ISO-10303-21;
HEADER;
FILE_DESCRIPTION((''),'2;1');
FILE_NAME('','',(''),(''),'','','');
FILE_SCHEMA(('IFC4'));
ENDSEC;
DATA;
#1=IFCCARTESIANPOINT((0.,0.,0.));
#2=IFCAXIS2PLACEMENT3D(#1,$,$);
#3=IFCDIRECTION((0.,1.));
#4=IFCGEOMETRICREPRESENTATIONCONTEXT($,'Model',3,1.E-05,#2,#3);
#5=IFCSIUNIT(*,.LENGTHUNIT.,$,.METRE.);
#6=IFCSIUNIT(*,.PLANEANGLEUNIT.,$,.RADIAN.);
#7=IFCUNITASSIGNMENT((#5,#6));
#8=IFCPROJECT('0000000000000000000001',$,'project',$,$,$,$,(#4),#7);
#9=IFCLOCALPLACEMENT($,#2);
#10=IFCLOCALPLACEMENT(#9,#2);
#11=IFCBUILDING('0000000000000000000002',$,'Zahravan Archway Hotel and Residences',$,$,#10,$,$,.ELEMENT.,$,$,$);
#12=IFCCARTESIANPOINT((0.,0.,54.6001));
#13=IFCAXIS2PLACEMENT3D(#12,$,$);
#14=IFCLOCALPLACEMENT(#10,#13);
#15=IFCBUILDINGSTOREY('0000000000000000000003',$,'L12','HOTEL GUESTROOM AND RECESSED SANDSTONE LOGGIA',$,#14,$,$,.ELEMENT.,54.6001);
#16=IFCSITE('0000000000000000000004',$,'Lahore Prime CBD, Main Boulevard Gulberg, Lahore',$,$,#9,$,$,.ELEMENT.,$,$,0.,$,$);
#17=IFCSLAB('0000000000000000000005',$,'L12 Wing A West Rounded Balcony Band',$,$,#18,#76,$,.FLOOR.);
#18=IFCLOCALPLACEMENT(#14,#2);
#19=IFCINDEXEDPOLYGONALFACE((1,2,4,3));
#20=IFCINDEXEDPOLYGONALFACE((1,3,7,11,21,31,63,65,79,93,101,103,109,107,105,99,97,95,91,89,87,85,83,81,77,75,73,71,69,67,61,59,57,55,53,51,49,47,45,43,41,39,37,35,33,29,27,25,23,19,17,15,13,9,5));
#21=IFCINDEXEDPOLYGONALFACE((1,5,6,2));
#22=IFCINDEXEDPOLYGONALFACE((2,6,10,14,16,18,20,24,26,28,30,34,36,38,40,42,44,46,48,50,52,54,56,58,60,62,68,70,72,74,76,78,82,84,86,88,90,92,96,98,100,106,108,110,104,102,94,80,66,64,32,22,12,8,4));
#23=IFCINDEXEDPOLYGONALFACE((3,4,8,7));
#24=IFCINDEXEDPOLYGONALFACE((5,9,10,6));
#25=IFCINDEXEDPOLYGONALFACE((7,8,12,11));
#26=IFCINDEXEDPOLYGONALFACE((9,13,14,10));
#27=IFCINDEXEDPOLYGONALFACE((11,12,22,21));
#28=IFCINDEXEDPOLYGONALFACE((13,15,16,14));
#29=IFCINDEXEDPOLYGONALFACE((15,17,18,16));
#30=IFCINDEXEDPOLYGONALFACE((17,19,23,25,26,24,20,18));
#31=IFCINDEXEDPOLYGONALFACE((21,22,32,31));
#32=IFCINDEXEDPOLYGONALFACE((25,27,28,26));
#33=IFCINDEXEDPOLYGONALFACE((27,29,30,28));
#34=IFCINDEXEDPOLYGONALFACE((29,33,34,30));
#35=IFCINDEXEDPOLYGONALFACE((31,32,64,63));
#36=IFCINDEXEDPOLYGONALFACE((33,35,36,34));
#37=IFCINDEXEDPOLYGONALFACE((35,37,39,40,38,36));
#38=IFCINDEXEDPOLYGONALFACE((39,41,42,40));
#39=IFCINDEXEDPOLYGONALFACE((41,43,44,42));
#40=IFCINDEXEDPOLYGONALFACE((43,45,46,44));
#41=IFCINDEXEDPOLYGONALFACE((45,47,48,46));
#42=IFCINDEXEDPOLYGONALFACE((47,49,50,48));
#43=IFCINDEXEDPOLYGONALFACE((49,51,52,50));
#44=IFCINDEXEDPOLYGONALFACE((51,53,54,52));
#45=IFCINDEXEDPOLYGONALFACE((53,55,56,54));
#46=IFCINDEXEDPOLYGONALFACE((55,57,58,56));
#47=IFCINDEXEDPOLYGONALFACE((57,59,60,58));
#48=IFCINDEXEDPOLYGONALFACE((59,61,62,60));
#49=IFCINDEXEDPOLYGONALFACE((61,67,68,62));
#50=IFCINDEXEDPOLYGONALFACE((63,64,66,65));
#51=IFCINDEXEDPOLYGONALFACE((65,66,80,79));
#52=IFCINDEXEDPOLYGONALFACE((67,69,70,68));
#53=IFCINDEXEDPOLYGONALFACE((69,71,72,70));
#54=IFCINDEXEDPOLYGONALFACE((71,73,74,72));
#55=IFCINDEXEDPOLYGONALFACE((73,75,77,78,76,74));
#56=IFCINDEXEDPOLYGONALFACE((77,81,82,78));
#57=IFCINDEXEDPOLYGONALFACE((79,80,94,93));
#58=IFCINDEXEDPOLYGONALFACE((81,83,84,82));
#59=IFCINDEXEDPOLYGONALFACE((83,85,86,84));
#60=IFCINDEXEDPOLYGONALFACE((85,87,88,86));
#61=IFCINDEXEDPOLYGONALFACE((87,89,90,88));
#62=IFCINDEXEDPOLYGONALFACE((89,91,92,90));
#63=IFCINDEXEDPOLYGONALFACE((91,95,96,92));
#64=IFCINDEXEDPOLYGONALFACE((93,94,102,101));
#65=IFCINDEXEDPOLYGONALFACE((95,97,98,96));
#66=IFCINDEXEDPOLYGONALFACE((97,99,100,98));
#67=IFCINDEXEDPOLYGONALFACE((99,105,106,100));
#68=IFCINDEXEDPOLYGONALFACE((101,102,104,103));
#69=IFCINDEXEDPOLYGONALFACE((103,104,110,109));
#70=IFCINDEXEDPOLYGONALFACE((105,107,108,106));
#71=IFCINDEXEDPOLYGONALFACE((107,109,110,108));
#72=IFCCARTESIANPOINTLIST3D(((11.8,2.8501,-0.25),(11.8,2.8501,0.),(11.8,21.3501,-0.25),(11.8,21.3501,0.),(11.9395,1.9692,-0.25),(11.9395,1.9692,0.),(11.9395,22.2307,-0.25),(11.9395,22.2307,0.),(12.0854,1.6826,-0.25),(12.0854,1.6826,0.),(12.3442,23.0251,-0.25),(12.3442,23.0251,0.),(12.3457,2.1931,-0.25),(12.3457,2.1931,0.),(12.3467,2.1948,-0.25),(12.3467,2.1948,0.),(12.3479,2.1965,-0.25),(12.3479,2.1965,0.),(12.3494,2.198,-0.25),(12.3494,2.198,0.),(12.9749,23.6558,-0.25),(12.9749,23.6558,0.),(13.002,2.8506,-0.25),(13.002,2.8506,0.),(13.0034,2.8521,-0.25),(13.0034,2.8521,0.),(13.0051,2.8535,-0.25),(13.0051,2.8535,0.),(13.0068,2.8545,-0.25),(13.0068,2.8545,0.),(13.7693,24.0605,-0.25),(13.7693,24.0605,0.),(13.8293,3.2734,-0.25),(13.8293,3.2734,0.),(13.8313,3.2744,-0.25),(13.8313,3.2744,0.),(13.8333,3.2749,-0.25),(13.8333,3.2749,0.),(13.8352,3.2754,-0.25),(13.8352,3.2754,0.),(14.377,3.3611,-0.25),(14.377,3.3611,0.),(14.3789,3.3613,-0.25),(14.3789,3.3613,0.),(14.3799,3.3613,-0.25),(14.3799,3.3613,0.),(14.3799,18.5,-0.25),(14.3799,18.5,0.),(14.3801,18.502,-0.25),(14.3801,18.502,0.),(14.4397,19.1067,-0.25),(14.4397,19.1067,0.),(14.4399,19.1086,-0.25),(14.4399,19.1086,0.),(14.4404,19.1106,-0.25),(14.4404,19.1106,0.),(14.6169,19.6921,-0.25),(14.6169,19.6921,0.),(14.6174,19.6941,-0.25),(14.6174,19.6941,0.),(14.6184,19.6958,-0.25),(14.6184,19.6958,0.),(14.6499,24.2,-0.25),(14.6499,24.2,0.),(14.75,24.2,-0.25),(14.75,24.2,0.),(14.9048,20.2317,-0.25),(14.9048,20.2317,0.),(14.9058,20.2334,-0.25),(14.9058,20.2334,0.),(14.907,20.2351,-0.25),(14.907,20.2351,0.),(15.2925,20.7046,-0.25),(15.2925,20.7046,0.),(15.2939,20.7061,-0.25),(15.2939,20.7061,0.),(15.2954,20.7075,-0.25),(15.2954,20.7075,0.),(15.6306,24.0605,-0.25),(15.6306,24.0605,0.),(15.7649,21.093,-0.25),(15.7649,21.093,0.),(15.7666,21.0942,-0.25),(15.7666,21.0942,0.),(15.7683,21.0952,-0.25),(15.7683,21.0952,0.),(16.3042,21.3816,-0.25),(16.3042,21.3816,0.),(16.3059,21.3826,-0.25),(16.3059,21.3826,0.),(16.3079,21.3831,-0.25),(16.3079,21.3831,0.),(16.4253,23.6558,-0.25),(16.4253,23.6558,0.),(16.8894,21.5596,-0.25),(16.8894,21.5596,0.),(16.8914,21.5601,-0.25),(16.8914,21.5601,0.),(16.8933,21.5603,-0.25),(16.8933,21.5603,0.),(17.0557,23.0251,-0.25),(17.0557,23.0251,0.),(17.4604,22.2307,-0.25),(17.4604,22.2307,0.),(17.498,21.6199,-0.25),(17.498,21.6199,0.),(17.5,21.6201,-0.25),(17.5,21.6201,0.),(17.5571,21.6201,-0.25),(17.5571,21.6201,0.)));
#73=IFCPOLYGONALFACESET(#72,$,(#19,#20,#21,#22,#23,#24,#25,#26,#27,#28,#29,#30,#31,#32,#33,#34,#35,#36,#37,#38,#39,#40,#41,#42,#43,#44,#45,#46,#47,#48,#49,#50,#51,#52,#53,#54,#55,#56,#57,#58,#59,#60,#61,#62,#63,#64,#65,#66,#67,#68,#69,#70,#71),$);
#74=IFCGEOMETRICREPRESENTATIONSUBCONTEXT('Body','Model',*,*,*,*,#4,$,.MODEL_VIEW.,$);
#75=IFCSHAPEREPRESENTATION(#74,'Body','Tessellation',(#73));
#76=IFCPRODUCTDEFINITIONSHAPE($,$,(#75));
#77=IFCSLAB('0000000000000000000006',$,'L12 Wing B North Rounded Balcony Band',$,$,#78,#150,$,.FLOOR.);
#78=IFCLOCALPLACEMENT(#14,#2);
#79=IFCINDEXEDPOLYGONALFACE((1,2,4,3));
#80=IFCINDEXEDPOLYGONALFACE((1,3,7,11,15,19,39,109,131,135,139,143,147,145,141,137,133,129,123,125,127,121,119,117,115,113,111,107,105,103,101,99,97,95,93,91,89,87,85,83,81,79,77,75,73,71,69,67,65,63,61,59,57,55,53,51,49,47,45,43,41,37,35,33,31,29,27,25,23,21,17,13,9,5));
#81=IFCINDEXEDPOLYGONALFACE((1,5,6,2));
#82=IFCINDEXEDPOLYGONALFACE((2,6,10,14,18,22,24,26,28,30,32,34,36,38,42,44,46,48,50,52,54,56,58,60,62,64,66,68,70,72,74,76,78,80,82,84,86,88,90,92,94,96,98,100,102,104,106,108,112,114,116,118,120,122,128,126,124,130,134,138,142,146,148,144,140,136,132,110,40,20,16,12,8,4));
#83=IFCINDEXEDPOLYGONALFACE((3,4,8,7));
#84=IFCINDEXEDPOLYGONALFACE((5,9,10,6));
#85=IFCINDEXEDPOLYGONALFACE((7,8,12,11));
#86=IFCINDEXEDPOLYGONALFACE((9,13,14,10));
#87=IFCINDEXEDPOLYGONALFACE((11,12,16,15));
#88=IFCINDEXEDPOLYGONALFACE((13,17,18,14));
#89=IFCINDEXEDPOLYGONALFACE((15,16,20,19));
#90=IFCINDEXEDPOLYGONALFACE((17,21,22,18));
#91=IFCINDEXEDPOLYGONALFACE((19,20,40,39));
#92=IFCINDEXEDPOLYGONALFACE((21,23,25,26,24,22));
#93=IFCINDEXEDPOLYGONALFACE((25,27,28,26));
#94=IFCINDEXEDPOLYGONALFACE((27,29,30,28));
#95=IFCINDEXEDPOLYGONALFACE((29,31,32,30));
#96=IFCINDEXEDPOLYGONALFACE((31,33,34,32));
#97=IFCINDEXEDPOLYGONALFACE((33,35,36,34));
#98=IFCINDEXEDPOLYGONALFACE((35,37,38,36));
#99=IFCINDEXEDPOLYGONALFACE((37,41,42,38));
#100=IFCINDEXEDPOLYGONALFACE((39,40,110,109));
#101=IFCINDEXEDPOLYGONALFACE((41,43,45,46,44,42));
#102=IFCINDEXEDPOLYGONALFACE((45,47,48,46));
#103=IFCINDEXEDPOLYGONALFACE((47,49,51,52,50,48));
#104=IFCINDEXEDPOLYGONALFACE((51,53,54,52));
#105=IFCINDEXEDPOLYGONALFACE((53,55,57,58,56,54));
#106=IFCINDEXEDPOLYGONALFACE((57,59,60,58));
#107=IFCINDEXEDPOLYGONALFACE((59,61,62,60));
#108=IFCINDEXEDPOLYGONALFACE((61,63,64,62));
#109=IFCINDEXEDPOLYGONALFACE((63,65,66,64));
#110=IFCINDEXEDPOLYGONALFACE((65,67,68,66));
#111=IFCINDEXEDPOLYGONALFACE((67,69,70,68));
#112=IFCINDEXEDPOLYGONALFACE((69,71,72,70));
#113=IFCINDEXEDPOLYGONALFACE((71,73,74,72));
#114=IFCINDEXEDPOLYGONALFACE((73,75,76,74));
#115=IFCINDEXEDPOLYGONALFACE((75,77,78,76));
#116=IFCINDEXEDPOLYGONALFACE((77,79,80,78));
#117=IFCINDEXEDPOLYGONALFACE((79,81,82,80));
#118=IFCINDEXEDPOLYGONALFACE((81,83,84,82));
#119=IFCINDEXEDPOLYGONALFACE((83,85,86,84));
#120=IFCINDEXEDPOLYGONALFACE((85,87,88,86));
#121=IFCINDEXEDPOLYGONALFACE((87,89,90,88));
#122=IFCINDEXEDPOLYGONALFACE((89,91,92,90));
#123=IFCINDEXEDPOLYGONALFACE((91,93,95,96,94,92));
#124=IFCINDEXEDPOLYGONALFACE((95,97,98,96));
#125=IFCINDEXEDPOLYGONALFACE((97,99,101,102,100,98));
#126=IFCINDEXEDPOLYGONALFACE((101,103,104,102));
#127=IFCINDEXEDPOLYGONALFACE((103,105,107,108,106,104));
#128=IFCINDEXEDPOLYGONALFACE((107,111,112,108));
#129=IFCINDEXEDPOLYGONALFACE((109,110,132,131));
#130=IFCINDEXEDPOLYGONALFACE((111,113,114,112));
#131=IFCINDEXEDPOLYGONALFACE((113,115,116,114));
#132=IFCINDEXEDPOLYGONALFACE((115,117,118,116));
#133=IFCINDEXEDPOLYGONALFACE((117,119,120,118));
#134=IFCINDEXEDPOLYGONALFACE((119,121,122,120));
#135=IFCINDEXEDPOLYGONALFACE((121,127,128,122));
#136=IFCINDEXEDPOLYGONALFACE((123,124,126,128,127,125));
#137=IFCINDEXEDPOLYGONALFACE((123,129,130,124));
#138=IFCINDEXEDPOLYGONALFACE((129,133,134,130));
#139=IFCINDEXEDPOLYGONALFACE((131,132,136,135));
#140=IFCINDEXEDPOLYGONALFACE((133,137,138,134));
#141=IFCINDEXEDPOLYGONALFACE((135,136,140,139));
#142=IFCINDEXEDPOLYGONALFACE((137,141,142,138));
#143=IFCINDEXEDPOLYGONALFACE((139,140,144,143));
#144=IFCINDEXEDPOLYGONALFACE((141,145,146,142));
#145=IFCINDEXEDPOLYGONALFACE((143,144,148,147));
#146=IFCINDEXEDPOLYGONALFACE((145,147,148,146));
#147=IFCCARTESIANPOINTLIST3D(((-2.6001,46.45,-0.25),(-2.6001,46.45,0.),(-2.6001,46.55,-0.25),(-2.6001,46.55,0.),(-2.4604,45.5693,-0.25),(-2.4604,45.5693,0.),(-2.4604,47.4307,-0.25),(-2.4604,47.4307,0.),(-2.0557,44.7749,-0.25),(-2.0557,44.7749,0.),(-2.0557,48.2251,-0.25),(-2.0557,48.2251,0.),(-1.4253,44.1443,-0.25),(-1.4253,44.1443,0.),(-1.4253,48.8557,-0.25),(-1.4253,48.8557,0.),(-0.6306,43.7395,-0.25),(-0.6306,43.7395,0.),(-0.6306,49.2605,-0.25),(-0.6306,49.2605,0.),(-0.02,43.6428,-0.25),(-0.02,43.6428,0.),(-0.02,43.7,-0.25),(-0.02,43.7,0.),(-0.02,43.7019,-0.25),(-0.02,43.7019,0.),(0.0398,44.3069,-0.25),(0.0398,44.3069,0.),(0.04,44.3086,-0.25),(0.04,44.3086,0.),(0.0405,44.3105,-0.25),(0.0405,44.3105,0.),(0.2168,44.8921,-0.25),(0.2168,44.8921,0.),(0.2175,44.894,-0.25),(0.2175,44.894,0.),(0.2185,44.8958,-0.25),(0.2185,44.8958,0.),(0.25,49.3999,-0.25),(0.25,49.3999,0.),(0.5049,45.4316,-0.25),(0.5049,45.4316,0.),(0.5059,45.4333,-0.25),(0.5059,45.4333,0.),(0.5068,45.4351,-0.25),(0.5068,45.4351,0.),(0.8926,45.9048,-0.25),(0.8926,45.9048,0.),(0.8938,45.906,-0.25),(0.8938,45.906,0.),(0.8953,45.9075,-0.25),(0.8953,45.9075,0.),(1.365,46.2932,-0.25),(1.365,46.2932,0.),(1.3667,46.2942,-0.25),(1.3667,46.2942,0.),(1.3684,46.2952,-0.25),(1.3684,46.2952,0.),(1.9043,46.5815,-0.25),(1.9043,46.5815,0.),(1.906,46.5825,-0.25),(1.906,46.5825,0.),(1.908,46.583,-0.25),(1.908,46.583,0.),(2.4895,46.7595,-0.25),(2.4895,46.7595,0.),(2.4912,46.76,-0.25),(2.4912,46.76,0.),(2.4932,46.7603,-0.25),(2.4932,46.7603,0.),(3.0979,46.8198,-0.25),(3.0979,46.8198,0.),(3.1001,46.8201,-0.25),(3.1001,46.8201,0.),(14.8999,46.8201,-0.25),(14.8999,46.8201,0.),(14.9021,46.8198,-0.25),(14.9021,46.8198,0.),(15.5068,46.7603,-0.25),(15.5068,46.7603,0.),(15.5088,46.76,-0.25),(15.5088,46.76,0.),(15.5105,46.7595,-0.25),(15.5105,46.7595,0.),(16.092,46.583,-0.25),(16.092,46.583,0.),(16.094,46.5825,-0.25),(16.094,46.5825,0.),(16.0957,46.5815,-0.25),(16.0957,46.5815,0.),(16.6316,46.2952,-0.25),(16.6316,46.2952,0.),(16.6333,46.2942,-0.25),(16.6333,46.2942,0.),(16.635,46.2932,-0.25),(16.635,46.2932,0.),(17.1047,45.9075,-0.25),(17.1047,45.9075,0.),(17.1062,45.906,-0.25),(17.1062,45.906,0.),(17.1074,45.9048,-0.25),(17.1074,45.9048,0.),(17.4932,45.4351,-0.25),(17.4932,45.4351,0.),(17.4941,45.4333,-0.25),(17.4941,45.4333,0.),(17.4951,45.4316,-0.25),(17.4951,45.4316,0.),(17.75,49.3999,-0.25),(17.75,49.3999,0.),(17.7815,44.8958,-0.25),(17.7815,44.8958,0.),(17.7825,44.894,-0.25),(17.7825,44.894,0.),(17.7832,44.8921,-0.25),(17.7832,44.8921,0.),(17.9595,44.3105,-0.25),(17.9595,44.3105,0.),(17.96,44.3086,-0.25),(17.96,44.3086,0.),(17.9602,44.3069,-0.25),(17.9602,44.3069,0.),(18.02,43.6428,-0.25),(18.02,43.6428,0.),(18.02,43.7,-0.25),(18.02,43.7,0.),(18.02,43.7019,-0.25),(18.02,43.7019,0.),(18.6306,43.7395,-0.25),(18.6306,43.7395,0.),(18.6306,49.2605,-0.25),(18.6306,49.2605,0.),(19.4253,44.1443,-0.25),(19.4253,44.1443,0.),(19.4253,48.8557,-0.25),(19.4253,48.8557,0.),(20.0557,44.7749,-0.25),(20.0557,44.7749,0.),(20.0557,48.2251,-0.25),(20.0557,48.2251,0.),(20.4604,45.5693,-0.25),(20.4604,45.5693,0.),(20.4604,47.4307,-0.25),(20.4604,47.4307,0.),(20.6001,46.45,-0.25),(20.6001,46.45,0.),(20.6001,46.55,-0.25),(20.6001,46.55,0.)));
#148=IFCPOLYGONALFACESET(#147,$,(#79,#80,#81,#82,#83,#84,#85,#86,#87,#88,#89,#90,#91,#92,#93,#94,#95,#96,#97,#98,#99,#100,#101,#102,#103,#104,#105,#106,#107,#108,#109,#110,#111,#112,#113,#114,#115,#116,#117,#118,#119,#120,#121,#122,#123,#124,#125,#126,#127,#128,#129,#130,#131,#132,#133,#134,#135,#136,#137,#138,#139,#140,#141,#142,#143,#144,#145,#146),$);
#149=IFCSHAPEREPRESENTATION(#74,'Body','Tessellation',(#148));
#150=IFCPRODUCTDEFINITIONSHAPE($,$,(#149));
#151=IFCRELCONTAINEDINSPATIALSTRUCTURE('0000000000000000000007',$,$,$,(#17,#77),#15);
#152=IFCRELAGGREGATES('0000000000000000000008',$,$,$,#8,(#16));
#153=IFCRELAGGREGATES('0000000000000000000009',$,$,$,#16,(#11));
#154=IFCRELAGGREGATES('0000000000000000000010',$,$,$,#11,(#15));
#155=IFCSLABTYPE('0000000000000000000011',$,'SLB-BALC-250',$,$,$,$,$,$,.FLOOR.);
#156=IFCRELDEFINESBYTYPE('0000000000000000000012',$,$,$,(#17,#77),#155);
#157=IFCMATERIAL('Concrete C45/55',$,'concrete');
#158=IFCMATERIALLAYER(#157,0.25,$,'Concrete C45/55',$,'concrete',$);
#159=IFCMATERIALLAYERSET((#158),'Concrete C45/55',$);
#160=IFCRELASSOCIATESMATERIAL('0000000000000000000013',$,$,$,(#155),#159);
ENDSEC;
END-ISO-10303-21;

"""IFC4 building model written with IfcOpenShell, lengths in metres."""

from ifc_helpers import new_model, si_unit, direction, frame, origin, place, context, subcontext, project, spatial, polyline, outline, extrude, material, layer, layer_set, type_object, element, save


model = new_model("IFC4")

# Units and contexts
model_context = context("Model", 3, precision=1e-05, world=origin(), true_north=direction((0.0, 1.0)))
body_context = subcontext(model_context, "Body", "Model", "MODEL_VIEW")
ifc_project = project(units=[si_unit("LENGTHUNIT", "METRE"), si_unit("PLANEANGLEUNIT", "RADIAN")], contexts=[model_context])

# Site, building, storey
site_placement = place(None, origin())
site = spatial("IfcSite", under=ifc_project, at=site_placement, Name="Lahore Prime CBD, Main Boulevard Gulberg, Lahore", CompositionType="ELEMENT", RefElevation=0.0)
building_placement = place(site_placement, origin())
building = spatial("IfcBuilding", under=site, at=building_placement, Name="Zahravan Archway Hotel and Residences", CompositionType="ELEMENT")
storey_placement = place(building_placement, frame((0.0, 0.0, 54.6001)))
storey = spatial("IfcBuildingStorey", under=building, at=storey_placement, Name="L12", Description="HOTEL GUESTROOM AND RECESSED SANDSTONE LOGGIA", CompositionType="ELEMENT", Elevation=54.6001)

# Slabs
ifc_material_1 = material(Name="Concrete C45/55", Category="concrete")
ifc_layer_1 = layer(ifc_material_1, 0.25, Name="Concrete C45/55", Category="concrete")
ifc_layer_set_1 = layer_set([ifc_layer_1], Name="Concrete C45/55")
slab_type_1 = type_object("IfcSlabType", Name="SLB-BALC-250", PredefinedType="FLOOR", material=ifc_layer_set_1)
slab_1_placement = place(storey_placement, frame((0.0, 0.0, -0.25)))
element("IfcSlab", 1, at=slab_1_placement, inside=storey, type_object=slab_type_1, Name="L12 Wing A West Rounded Balcony Band", PredefinedType="FLOOR", context=body_context, shape_type="SweptSolid", body=[
    extrude(outline(polyline([(11.9395, 1.9692), (11.8, 2.8501), (11.8, 21.3501), (11.9395, 22.2307), (12.3442, 23.0251), (12.9749, 23.6558), (13.7693, 24.0605), (14.6499, 24.2), (14.75, 24.2), (15.6306, 24.0605), (16.4253, 23.6558), (17.0557, 23.0251), (17.4604, 22.2307), (17.5571, 21.6201), (17.5, 21.6201), (17.498, 21.6199), (16.8933, 21.5603), (16.8914, 21.5601), (16.8894, 21.5596), (16.3079, 21.3831), (16.3059, 21.3826), (16.3042, 21.3816), (15.7683, 21.0952), (15.7666, 21.0942), (15.7649, 21.093), (15.2954, 20.7075), (15.2939, 20.7061), (15.2925, 20.7046), (14.907, 20.2351), (14.9058, 20.2334), (14.9048, 20.2317), (14.6184, 19.6958), (14.6174, 19.6941), (14.6169, 19.6921), (14.4404, 19.1106), (14.4399, 19.1086), (14.4397, 19.1067), (14.3801, 18.502), (14.3799, 18.5), (14.3799, 3.3613), (14.3789, 3.3613), (14.377, 3.3611), (13.8352, 3.2754), (13.8333, 3.2749), (13.8313, 3.2744), (13.8293, 3.2734), (13.0068, 2.8545), (13.0051, 2.8535), (13.0034, 2.8521), (13.002, 2.8506), (12.3494, 2.198), (12.3479, 2.1965), (12.3467, 2.1948), (12.3457, 2.1931), (12.0854, 1.6826), (11.9395, 1.9692)])), origin(), (0.0, 0.0, 1.0), 0.25),
])
slab_2_placement = place(storey_placement, frame((0.0, 0.0, -0.25)))
element("IfcSlab", 2, at=slab_2_placement, inside=storey, type_object=slab_type_1, Name="L12 Wing B North Rounded Balcony Band", PredefinedType="FLOOR", context=body_context, shape_type="SweptSolid", body=[
    extrude(outline(polyline([(-0.6306, 43.7395), (-1.4253, 44.1443), (-2.0557, 44.7749), (-2.4604, 45.5693), (-2.6001, 46.45), (-2.6001, 46.55), (-2.4604, 47.4307), (-2.0557, 48.2251), (-1.4253, 48.8557), (-0.6306, 49.2605), (0.25, 49.3999), (17.75, 49.3999), (18.6306, 49.2605), (19.4253, 48.8557), (20.0557, 48.2251), (20.4604, 47.4307), (20.6001, 46.55), (20.6001, 46.45), (20.4604, 45.5693), (20.0557, 44.7749), (19.4253, 44.1443), (18.6306, 43.7395), (18.02, 43.6428), (18.02, 43.7), (18.02, 43.7019), (17.9602, 44.3069), (17.96, 44.3086), (17.9595, 44.3105), (17.7832, 44.8921), (17.7825, 44.894), (17.7815, 44.8958), (17.4951, 45.4316), (17.4941, 45.4333), (17.4932, 45.4351), (17.1074, 45.9048), (17.1062, 45.906), (17.1047, 45.9075), (16.635, 46.2932), (16.6333, 46.2942), (16.6316, 46.2952), (16.0957, 46.5815), (16.094, 46.5825), (16.092, 46.583), (15.5105, 46.7595), (15.5088, 46.76), (15.5068, 46.7603), (14.9021, 46.8198), (14.8999, 46.8201), (3.1001, 46.8201), (3.0979, 46.8198), (2.4932, 46.7603), (2.4912, 46.76), (2.4895, 46.7595), (1.908, 46.583), (1.906, 46.5825), (1.9043, 46.5815), (1.3684, 46.2952), (1.3667, 46.2942), (1.365, 46.2932), (0.8953, 45.9075), (0.8938, 45.906), (0.8926, 45.9048), (0.5068, 45.4351), (0.5059, 45.4333), (0.5049, 45.4316), (0.2185, 44.8958), (0.2175, 44.894), (0.2168, 44.8921), (0.0405, 44.3105), (0.04, 44.3086), (0.0398, 44.3069), (-0.02, 43.7019), (-0.02, 43.7), (-0.02, 43.6428), (-0.6306, 43.7395)])), origin(), (0.0, 0.0, 1.0), 0.25),
])

save(model, "model.ifc")
